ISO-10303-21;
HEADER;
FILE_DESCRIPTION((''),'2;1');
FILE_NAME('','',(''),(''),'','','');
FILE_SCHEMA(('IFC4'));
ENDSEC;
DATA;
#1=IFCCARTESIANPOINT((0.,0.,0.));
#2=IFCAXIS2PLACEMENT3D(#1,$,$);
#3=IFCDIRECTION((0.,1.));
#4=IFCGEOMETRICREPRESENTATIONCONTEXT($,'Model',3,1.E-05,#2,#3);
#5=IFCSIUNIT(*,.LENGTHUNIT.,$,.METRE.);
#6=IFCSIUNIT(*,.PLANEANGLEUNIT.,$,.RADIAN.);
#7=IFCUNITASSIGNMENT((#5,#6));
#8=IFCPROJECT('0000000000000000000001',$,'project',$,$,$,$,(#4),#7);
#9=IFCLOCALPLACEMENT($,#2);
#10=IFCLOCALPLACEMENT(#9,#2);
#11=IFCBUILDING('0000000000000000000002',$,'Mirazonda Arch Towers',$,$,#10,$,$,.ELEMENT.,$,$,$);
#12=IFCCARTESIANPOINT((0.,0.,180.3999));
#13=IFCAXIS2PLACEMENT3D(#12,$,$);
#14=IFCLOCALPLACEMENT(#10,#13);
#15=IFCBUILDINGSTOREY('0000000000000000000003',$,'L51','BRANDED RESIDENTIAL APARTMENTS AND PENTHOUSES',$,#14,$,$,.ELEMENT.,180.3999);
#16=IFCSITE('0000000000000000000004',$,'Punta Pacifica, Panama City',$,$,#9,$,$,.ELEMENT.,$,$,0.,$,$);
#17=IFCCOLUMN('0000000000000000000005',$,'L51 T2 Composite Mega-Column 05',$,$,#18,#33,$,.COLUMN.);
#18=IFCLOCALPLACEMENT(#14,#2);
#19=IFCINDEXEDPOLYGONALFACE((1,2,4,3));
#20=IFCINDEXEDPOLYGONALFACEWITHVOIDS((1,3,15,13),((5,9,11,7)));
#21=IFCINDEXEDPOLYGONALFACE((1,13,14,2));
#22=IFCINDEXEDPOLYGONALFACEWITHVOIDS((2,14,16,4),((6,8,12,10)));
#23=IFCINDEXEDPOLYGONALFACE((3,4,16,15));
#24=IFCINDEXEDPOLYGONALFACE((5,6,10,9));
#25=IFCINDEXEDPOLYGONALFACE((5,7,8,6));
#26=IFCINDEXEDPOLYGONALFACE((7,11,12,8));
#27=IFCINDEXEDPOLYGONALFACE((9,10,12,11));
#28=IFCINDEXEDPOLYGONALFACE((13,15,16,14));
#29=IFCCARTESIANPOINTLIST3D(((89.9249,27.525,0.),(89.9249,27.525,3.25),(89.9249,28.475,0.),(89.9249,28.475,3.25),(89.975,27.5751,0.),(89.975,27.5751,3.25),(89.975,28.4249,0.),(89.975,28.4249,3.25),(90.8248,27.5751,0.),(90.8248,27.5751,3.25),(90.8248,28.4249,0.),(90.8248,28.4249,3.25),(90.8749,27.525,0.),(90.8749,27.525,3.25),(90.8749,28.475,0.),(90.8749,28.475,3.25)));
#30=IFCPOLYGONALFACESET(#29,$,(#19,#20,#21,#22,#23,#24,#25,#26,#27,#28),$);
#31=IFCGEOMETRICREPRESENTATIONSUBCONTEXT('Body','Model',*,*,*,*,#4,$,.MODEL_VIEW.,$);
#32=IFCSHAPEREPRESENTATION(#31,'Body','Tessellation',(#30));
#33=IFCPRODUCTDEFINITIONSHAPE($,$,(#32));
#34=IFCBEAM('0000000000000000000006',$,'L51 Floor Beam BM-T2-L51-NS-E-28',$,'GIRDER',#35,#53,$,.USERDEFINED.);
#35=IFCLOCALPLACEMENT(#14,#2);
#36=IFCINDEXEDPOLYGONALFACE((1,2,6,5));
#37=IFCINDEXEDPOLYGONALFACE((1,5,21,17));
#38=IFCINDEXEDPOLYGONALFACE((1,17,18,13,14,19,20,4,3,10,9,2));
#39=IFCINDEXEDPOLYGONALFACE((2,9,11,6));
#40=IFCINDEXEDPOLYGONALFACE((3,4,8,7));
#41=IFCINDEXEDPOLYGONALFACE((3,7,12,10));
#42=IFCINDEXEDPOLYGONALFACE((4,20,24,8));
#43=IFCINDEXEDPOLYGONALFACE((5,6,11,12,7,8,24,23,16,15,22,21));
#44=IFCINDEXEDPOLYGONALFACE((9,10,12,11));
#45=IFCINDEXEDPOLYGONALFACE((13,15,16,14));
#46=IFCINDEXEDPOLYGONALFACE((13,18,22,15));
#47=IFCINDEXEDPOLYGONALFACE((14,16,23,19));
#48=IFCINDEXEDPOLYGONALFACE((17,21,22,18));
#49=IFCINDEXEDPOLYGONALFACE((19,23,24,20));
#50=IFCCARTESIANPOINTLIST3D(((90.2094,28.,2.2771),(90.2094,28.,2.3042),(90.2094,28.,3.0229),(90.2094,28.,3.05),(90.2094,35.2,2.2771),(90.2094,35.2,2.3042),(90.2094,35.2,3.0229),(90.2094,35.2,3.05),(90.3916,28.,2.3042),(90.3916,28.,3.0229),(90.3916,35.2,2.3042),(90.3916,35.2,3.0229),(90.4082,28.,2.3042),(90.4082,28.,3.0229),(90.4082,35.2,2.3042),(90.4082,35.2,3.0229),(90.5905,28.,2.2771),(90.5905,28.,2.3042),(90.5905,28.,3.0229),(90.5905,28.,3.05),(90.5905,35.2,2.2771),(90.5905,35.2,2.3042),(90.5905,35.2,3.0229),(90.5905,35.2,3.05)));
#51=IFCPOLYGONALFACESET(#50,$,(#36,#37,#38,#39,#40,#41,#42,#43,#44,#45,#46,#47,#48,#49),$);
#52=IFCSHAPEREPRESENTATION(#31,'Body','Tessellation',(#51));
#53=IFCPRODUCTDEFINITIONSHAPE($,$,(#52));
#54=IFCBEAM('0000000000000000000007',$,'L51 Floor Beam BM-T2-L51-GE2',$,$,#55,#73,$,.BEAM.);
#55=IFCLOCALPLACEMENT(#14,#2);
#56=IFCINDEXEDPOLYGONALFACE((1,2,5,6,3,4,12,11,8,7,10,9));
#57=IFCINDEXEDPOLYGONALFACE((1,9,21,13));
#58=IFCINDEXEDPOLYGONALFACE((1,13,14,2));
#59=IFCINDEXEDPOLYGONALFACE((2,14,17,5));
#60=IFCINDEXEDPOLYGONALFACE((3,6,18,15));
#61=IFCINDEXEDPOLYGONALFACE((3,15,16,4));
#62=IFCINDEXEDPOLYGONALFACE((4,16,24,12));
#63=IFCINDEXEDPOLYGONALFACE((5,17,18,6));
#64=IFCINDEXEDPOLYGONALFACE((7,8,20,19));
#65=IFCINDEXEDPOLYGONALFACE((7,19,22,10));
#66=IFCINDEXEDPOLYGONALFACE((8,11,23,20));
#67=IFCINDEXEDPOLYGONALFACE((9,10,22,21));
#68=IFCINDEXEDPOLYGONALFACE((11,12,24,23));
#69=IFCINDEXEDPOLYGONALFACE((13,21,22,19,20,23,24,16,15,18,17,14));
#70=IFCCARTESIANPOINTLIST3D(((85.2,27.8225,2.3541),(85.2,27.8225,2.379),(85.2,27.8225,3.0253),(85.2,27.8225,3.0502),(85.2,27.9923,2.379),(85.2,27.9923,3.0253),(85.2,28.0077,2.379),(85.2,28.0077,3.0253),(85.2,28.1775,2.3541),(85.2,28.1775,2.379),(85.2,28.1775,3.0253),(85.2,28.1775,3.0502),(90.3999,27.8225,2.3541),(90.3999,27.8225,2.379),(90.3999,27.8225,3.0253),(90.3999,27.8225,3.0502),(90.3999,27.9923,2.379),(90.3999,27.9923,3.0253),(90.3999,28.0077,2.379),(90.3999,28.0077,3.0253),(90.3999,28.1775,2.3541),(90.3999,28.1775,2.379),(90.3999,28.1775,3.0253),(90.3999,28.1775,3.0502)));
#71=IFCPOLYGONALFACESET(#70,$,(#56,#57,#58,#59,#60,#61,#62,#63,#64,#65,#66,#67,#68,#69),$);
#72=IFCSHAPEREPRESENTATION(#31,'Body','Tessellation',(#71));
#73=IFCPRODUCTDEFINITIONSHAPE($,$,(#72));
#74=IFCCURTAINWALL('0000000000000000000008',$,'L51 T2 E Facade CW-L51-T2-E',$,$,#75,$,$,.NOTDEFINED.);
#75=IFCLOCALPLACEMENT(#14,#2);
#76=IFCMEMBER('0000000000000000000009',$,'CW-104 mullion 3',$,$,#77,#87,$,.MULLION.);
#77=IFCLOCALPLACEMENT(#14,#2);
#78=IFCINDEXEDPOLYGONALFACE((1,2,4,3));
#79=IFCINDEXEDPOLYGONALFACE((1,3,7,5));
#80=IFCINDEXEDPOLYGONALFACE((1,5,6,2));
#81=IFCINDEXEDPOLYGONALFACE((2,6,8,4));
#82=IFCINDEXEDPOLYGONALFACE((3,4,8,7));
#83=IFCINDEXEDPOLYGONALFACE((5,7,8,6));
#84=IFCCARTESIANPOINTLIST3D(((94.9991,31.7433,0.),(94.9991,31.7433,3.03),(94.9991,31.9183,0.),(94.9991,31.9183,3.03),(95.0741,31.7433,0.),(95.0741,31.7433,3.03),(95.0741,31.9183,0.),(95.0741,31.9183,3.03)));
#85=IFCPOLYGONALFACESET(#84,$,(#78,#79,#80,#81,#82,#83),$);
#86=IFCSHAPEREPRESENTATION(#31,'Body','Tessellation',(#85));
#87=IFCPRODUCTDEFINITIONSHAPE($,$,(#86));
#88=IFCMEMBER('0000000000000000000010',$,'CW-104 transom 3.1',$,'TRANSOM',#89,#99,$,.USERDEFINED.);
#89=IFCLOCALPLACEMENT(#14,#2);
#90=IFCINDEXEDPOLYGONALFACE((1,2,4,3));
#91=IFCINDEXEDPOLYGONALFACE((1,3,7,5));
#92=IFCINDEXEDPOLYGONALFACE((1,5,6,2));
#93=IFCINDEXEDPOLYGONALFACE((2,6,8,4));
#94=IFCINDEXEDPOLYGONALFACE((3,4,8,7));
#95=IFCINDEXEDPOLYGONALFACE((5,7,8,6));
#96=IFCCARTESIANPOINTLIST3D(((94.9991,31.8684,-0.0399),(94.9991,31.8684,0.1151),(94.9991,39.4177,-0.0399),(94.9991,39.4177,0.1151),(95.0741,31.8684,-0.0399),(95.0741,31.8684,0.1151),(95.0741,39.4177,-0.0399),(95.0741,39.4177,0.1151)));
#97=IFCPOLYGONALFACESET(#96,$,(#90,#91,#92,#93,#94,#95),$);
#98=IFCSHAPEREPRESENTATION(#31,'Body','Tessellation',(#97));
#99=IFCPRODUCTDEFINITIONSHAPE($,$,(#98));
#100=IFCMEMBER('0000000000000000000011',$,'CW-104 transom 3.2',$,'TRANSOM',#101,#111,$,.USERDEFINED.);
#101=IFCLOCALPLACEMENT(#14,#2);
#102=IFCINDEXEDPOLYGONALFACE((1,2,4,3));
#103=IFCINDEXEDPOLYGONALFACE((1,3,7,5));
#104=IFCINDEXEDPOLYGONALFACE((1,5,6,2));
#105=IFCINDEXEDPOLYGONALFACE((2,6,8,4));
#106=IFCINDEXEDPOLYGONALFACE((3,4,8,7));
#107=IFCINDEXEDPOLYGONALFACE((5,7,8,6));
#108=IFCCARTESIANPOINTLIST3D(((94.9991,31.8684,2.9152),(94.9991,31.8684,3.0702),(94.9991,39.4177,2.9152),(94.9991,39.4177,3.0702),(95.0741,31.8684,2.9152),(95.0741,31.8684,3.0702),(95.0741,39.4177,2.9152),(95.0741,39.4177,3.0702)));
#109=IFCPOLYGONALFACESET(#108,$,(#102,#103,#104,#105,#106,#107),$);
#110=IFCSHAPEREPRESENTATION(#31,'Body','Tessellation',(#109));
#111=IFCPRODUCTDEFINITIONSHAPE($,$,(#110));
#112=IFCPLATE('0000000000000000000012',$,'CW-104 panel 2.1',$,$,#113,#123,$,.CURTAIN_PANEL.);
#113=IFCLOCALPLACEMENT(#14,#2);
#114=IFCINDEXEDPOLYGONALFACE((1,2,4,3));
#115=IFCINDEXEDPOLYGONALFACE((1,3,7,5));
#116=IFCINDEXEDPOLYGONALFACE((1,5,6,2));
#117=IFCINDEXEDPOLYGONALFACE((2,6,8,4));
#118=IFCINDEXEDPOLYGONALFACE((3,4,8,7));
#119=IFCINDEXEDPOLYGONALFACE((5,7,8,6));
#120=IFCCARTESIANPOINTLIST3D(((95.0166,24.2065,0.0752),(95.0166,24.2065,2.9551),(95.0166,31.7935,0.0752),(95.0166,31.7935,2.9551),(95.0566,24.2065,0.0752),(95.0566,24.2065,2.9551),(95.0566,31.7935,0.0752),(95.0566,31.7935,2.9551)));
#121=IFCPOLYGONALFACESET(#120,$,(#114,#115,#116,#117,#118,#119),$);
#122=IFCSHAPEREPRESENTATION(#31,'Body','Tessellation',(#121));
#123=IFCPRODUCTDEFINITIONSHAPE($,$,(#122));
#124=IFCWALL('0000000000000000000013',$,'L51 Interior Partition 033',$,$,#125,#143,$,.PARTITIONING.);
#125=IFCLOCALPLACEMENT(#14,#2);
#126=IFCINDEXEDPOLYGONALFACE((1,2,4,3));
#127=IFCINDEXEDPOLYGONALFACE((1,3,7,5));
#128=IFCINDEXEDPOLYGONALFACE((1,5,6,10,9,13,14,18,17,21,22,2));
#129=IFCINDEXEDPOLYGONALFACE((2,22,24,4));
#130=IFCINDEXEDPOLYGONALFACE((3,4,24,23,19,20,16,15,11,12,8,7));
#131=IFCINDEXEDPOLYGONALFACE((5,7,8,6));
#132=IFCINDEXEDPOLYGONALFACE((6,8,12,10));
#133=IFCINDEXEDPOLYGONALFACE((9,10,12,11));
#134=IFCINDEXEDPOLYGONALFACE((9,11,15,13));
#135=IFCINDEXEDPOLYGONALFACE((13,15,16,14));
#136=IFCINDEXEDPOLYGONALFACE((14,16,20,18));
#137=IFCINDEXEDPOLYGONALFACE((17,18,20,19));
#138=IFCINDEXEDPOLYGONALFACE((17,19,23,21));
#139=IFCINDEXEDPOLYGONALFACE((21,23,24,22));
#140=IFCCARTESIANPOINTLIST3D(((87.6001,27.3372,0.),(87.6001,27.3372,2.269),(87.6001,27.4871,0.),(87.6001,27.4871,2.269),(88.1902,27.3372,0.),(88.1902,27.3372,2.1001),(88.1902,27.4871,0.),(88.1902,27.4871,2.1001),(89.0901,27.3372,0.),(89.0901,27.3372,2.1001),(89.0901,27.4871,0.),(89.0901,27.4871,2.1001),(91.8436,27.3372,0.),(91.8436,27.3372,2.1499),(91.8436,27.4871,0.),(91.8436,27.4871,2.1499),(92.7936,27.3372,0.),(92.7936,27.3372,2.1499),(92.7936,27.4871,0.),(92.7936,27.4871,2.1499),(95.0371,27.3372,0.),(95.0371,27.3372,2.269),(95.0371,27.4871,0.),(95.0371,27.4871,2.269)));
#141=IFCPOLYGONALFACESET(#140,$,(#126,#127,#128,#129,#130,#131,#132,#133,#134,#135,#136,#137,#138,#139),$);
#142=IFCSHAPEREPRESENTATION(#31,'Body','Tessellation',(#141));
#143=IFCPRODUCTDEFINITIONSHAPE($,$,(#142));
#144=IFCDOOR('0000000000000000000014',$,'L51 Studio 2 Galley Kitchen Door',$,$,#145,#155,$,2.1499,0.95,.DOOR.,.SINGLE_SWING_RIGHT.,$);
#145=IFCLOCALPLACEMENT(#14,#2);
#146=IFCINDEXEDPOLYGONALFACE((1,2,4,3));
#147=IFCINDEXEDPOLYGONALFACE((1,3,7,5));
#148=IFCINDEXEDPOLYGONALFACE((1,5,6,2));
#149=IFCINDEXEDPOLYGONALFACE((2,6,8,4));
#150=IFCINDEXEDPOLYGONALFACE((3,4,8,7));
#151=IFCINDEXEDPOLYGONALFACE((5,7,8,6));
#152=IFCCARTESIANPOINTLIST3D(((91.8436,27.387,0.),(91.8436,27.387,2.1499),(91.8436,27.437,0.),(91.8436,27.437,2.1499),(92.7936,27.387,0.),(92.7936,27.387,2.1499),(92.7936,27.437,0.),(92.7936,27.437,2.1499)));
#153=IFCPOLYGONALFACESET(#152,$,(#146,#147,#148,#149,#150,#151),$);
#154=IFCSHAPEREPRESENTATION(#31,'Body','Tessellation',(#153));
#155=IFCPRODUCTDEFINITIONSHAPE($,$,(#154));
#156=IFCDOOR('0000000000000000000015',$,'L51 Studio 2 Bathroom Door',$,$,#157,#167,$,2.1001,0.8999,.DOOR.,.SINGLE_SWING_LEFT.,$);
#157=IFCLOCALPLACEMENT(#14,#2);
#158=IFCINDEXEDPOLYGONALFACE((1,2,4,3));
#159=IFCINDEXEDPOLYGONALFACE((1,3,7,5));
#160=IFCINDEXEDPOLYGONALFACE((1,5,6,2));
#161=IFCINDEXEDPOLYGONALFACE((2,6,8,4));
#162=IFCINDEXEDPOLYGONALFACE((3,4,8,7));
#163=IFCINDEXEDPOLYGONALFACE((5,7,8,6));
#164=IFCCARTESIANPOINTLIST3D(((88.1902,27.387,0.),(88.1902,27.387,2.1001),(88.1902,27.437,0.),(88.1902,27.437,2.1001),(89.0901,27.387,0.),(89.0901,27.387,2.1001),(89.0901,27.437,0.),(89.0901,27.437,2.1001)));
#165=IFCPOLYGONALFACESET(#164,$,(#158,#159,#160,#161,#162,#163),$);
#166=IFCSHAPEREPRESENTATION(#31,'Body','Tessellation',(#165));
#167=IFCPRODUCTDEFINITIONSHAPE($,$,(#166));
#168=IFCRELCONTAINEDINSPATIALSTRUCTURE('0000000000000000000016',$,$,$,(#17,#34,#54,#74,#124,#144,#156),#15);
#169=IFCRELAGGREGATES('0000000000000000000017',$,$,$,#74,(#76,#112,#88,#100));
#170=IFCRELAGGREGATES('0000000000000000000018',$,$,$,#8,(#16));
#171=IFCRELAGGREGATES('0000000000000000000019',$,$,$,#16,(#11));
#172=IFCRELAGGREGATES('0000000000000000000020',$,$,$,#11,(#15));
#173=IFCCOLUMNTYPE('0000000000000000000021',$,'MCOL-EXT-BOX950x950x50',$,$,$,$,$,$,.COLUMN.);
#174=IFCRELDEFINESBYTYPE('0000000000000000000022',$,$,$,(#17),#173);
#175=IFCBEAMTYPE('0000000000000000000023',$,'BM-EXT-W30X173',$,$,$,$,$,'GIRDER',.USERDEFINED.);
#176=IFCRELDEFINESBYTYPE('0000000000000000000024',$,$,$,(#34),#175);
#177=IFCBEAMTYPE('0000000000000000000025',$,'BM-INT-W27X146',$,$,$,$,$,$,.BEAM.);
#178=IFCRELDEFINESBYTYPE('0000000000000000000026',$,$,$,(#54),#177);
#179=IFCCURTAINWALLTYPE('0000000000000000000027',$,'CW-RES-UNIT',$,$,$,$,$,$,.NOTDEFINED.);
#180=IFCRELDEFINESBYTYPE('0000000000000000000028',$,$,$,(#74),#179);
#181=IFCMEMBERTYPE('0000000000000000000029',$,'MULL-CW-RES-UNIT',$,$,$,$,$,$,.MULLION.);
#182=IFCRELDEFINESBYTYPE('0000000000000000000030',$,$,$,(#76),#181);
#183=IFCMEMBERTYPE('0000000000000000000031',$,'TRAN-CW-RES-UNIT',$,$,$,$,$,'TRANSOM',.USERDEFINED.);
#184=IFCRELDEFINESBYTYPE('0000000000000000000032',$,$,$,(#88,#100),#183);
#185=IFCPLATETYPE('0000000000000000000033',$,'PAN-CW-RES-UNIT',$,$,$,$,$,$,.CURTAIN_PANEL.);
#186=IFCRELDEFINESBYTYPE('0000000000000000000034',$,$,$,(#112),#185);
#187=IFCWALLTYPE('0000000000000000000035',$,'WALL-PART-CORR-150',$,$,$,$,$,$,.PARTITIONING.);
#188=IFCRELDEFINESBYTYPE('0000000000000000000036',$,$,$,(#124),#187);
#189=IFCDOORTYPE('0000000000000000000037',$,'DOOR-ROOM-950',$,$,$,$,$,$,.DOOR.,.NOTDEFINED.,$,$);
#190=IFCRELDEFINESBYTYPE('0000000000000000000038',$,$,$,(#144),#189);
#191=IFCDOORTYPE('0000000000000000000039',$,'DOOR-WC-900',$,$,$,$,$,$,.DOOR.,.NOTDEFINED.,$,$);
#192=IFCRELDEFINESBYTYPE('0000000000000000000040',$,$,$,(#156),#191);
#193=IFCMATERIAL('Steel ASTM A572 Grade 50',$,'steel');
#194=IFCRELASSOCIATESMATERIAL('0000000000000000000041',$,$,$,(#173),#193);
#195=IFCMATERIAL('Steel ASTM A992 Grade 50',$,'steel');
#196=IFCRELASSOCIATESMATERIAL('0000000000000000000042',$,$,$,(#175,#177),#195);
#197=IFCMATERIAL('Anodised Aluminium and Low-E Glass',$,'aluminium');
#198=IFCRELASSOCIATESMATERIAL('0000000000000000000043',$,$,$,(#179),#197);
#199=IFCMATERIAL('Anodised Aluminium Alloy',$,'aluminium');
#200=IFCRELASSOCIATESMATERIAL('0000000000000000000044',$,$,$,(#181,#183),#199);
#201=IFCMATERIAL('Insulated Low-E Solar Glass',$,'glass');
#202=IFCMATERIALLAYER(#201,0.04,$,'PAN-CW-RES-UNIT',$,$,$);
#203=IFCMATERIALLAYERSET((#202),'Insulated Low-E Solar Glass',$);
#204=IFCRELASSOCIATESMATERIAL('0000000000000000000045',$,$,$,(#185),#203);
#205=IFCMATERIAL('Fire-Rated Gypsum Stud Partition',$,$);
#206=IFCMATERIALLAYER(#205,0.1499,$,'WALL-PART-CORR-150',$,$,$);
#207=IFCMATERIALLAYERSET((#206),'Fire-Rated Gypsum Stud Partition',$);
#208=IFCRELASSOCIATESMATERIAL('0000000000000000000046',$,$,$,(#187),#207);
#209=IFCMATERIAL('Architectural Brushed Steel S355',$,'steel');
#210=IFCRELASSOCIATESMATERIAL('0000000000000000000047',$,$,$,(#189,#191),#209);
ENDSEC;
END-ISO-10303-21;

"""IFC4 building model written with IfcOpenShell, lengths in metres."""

from ifc_helpers import new_model, si_unit, direction, frame, frame_2d, origin, origin_2d, place, context, subcontext, project, spatial, rectangle, hollow_rectangle, i_section, extrude, material, layer, layer_set, material_profile, profile_set, type_object, element, fill, aggregate, save


model = new_model("IFC4")

# Units and contexts
model_context = context("Model", 3, precision=1e-05, world=origin(), true_north=direction((0.0, 1.0)))
body_context = subcontext(model_context, "Body", "Model", "MODEL_VIEW")
ifc_project = project(units=[si_unit("LENGTHUNIT", "METRE"), si_unit("PLANEANGLEUNIT", "RADIAN")], contexts=[model_context])

# Site, building, storey
site_placement = place(None, origin())
site = spatial("IfcSite", under=ifc_project, at=site_placement, Name="Punta Pacifica, Panama City", CompositionType="ELEMENT", RefElevation=0.0)
building_placement = place(site_placement, origin())
building = spatial("IfcBuilding", under=site, at=building_placement, Name="Mirazonda Arch Towers", CompositionType="ELEMENT")
storey_placement = place(building_placement, frame((0.0, 0.0, 180.3999)))
storey = spatial("IfcBuildingStorey", under=building, at=storey_placement, Name="L51", Description="BRANDED RESIDENTIAL APARTMENTS AND PENTHOUSES", CompositionType="ELEMENT", Elevation=180.3999)

# Column
ifc_material_1 = material(Name="Steel ASTM A572 Grade 50", Category="steel")
ifc_material_profile_1 = material_profile(ifc_material_1, hollow_rectangle(XDim=0.95, YDim=0.95, WallThickness=0.05, at=origin_2d()), Name="BOX950x950x50")
ifc_profile_set_1 = profile_set([ifc_material_profile_1], Name="Steel ASTM A572 Grade 50")
column_type = type_object("IfcColumnType", Name="MCOL-EXT-BOX950x950x50", PredefinedType="COLUMN", material=ifc_profile_set_1)
column_placement = place(storey_placement, frame((90.3999, 28.0, 0.0), z_axis=(0.0, 0.0, 1.0), x_axis=(1.0, 0.0, 0.0)))
element("IfcColumn", 1, at=column_placement, inside=storey, type_object=column_type, Name="L51 T2 Composite Mega-Column 05", PredefinedType="COLUMN", context=body_context, shape_type="SweptSolid", body=[
    extrude(hollow_rectangle(XDim=0.95, YDim=0.95, WallThickness=0.05, at=origin_2d()), origin(), (0.0, 0.0, 1.0), 3.25),
])

# Beams
ifc_material_2 = material(Name="Steel ASTM A992 Grade 50", Category="steel")
ifc_material_profile_2 = material_profile(ifc_material_2, i_section(OverallWidth=0.3811, OverallDepth=0.7729, WebThickness=0.0166, FlangeThickness=0.0271, at=origin_2d()), Name="W30X173")
ifc_profile_set_2 = profile_set([ifc_material_profile_2], Name="Steel ASTM A992 Grade 50")
beam_type_1 = type_object("IfcBeamType", Name="BM-EXT-W30X173", ElementType="GIRDER", PredefinedType="USERDEFINED", material=ifc_profile_set_2)
beam_1_placement = place(storey_placement, frame((90.3999, 28.0, 2.6636), z_axis=(0.0, 1.0, 0.0), x_axis=(-1.0, 0.0, 0.0)))
element("IfcBeam", 2, at=beam_1_placement, inside=storey, type_object=beam_type_1, Name="L51 Floor Beam BM-T2-L51-NS-E-28", ObjectType="GIRDER", PredefinedType="USERDEFINED", context=body_context, shape_type="SweptSolid", body=[
    extrude(i_section(OverallWidth=0.3811, OverallDepth=0.7729, WebThickness=0.0166, FlangeThickness=0.0271, at=origin_2d()), origin(), (0.0, 0.0, 1.0), 7.2),
])
ifc_material_profile_3 = material_profile(ifc_material_2, i_section(OverallWidth=0.355, OverallDepth=0.696, WebThickness=0.0154, FlangeThickness=0.0249, at=origin_2d()), Name="W27X146")
ifc_profile_set_3 = profile_set([ifc_material_profile_3], Name="Steel ASTM A992 Grade 50")
beam_type_2 = type_object("IfcBeamType", Name="BM-INT-W27X146", PredefinedType="BEAM", material=ifc_profile_set_3)
beam_2_placement = place(storey_placement, frame((85.2, 28.0, 2.7021), z_axis=(1.0, 0.0, 0.0), x_axis=(0.0, 1.0, 0.0)))
element("IfcBeam", 3, at=beam_2_placement, inside=storey, type_object=beam_type_2, Name="L51 Floor Beam BM-T2-L51-GE2", PredefinedType="BEAM", context=body_context, shape_type="SweptSolid", body=[
    extrude(i_section(OverallWidth=0.355, OverallDepth=0.696, WebThickness=0.0154, FlangeThickness=0.0249, at=origin_2d()), origin(), (0.0, 0.0, 1.0), 5.2),
])

# Curtain wall, members, plate
ifc_material_3 = material(Name="Anodised Aluminium and Low-E Glass", Category="aluminium")
curtain_wall_type = type_object("IfcCurtainWallType", Name="CW-RES-UNIT", PredefinedType="NOTDEFINED", material=ifc_material_3)
curtain_wall_placement = place(storey_placement, origin())
curtain_wall = element("IfcCurtainWall", 4, at=curtain_wall_placement, inside=storey, type_object=curtain_wall_type, Name="L51 T2 E Facade CW-L51-T2-E", PredefinedType="NOTDEFINED")
ifc_material_4 = material(Name="Anodised Aluminium Alloy", Category="aluminium")
ifc_material_profile_4 = material_profile(ifc_material_4, rectangle(XDim=0.075, YDim=0.175, at=origin_2d()), Name="ALU-MULL-75x175")
ifc_profile_set_4 = profile_set([ifc_material_profile_4], Name="Anodised Aluminium Alloy")
member_type_1 = type_object("IfcMemberType", Name="MULL-CW-RES-UNIT", PredefinedType="MULLION", material=ifc_profile_set_4)
member_1_placement = place(storey_placement, frame((95.0366, 31.8308, 0.0), z_axis=(0.0, 0.0, 1.0), x_axis=(-1.0, 0.0, 0.0)))
member_1 = element("IfcMember", 5, at=member_1_placement, type_object=member_type_1, Name="CW-104 mullion 3", PredefinedType="MULLION", context=body_context, shape_type="SweptSolid", body=[
    extrude(rectangle(XDim=0.075, YDim=0.175, at=origin_2d()), origin(), (0.0, 0.0, 1.0), 3.03),
])
ifc_material_profile_5 = material_profile(ifc_material_4, rectangle(XDim=0.075, YDim=0.155, at=origin_2d()), Name="ALU-TRAN-75x155")
ifc_profile_set_5 = profile_set([ifc_material_profile_5], Name="Anodised Aluminium Alloy")
member_type_2 = type_object("IfcMemberType", Name="TRAN-CW-RES-UNIT", ElementType="TRANSOM", PredefinedType="USERDEFINED", material=ifc_profile_set_5)
member_2_placement = place(storey_placement, frame((95.0366, 31.8684, 0.0376), z_axis=(0.0, 1.0, 0.0), x_axis=(-1.0, 0.0, 0.0)))
member_2 = element("IfcMember", 6, at=member_2_placement, type_object=member_type_2, Name="CW-104 transom 3.1", ObjectType="TRANSOM", PredefinedType="USERDEFINED", context=body_context, shape_type="SweptSolid", body=[
    extrude(rectangle(XDim=0.075, YDim=0.155, at=origin_2d()), origin(), (0.0, 0.0, 1.0), 7.5493),
])
member_3_placement = place(storey_placement, frame((95.0366, 31.8684, 2.9927), z_axis=(0.0, 1.0, 0.0), x_axis=(-1.0, 0.0, 0.0)))
member_3 = element("IfcMember", 7, at=member_3_placement, type_object=member_type_2, Name="CW-104 transom 3.2", ObjectType="TRANSOM", PredefinedType="USERDEFINED", context=body_context, shape_type="SweptSolid", body=[
    extrude(rectangle(XDim=0.075, YDim=0.155, at=origin_2d()), origin(), (0.0, 0.0, 1.0), 7.5493),
])
ifc_material_5 = material(Name="Insulated Low-E Solar Glass", Category="glass")
ifc_layer_1 = layer(ifc_material_5, 0.04, Name="PAN-CW-RES-UNIT")
ifc_layer_set_1 = layer_set([ifc_layer_1], Name="Insulated Low-E Solar Glass")
plate_type = type_object("IfcPlateType", Name="PAN-CW-RES-UNIT", PredefinedType="CURTAIN_PANEL", material=ifc_layer_set_1)
plate_placement = place(storey_placement, frame((95.0366, 28.0, 0.0752), z_axis=(0.0, 0.0, 1.0), x_axis=(0.0, 1.0, 0.0)))
plate = element("IfcPlate", 8, at=plate_placement, type_object=plate_type, Name="CW-104 panel 2.1", PredefinedType="CURTAIN_PANEL", context=body_context, shape_type="SweptSolid", body=[
    extrude(rectangle(XDim=7.5869, YDim=0.04, at=origin_2d()), origin(), (0.0, 0.0, 1.0), 2.8799),
])
aggregate(curtain_wall, [member_1, plate, member_2, member_3])

# Wall, openings, doors
ifc_material_6 = material(Name="Fire-Rated Gypsum Stud Partition")
ifc_layer_2 = layer(ifc_material_6, 0.1499, Name="WALL-PART-CORR-150")
ifc_layer_set_2 = layer_set([ifc_layer_2], Name="Fire-Rated Gypsum Stud Partition")
wall_type_1 = type_object("IfcWallType", Name="WALL-PART-CORR-150", PredefinedType="PARTITIONING", material=ifc_layer_set_2)
wall_1_placement = place(storey_placement, frame((87.6001, 27.4121, 0.0), z_axis=(0.0, 0.0, 1.0), x_axis=(1.0, 0.0, 0.0)))
wall_1 = element("IfcWall", 9, at=wall_1_placement, inside=storey, type_object=wall_type_1, Name="L51 Interior Partition 033", PredefinedType="PARTITIONING", context=body_context, shape_type="SweptSolid", body=[
    extrude(rectangle(XDim=7.437, YDim=0.1499, at=frame_2d((3.7185, 0.0))), origin(), (0.0, 0.0, 1.0), 2.269),
])
opening_1_placement = place(wall_1_placement, frame((4.2434, 0.0, 0.0)))
opening_1 = element("IfcOpeningElement", 10, at=opening_1_placement, cuts=wall_1, PredefinedType="OPENING", context=body_context, shape_type="SweptSolid", body=[
    extrude(rectangle(XDim=0.95, YDim=2.1499, at=frame_2d((0.4751, 1.075))), frame((0.0, 0.085, 0.0), z_axis=(0.0, -1.0, 0.0), x_axis=(1.0, 0.0, 0.0)), (0.0, 0.0, 1.0), 0.1699),
])
opening_2_placement = place(wall_1_placement, frame((0.5901, 0.0, 0.0)))
opening_2 = element("IfcOpeningElement", 11, at=opening_2_placement, cuts=wall_1, PredefinedType="OPENING", context=body_context, shape_type="SweptSolid", body=[
    extrude(rectangle(XDim=0.8999, YDim=2.1001, at=frame_2d((0.45, 1.05))), frame((0.0, 0.085, 0.0), z_axis=(0.0, -1.0, 0.0), x_axis=(1.0, 0.0, 0.0)), (0.0, 0.0, 1.0), 0.1699),
])
ifc_material_7 = material(Name="Architectural Brushed Steel S355", Category="steel")
door_type_1 = type_object("IfcDoorType", Name="DOOR-ROOM-950", OperationType="NOTDEFINED", PredefinedType="DOOR", material=ifc_material_7)
door_1_placement = place(opening_1_placement, origin())
door_1 = element("IfcDoor", 12, at=door_1_placement, inside=storey, type_object=door_type_1, Name="L51 Studio 2 Galley Kitchen Door", OperationType="SINGLE_SWING_RIGHT", OverallHeight=2.1499, OverallWidth=0.95, PredefinedType="DOOR", context=body_context, shape_type="SweptSolid", body=[
    extrude(rectangle(XDim=0.95, YDim=2.1499, at=frame_2d((0.4751, 1.075))), frame((0.0, 0.0249, 0.0), z_axis=(0.0, -1.0, 0.0), x_axis=(1.0, 0.0, 0.0)), (0.0, 0.0, 1.0), 0.05),
])
fill(opening_1, door_1)
door_type_2 = type_object("IfcDoorType", Name="DOOR-WC-900", OperationType="NOTDEFINED", PredefinedType="DOOR", material=ifc_material_7)
door_2_placement = place(opening_2_placement, origin())
door_2 = element("IfcDoor", 13, at=door_2_placement, inside=storey, type_object=door_type_2, Name="L51 Studio 2 Bathroom Door", OperationType="SINGLE_SWING_LEFT", OverallHeight=2.1001, OverallWidth=0.8999, PredefinedType="DOOR", context=body_context, shape_type="SweptSolid", body=[
    extrude(rectangle(XDim=0.8999, YDim=2.1001, at=frame_2d((0.45, 1.05))), frame((0.0, 0.0249, 0.0), z_axis=(0.0, -1.0, 0.0), x_axis=(1.0, 0.0, 0.0)), (0.0, 0.0, 1.0), 0.05),
])
fill(opening_2, door_2)

save(model, "model.ifc")
